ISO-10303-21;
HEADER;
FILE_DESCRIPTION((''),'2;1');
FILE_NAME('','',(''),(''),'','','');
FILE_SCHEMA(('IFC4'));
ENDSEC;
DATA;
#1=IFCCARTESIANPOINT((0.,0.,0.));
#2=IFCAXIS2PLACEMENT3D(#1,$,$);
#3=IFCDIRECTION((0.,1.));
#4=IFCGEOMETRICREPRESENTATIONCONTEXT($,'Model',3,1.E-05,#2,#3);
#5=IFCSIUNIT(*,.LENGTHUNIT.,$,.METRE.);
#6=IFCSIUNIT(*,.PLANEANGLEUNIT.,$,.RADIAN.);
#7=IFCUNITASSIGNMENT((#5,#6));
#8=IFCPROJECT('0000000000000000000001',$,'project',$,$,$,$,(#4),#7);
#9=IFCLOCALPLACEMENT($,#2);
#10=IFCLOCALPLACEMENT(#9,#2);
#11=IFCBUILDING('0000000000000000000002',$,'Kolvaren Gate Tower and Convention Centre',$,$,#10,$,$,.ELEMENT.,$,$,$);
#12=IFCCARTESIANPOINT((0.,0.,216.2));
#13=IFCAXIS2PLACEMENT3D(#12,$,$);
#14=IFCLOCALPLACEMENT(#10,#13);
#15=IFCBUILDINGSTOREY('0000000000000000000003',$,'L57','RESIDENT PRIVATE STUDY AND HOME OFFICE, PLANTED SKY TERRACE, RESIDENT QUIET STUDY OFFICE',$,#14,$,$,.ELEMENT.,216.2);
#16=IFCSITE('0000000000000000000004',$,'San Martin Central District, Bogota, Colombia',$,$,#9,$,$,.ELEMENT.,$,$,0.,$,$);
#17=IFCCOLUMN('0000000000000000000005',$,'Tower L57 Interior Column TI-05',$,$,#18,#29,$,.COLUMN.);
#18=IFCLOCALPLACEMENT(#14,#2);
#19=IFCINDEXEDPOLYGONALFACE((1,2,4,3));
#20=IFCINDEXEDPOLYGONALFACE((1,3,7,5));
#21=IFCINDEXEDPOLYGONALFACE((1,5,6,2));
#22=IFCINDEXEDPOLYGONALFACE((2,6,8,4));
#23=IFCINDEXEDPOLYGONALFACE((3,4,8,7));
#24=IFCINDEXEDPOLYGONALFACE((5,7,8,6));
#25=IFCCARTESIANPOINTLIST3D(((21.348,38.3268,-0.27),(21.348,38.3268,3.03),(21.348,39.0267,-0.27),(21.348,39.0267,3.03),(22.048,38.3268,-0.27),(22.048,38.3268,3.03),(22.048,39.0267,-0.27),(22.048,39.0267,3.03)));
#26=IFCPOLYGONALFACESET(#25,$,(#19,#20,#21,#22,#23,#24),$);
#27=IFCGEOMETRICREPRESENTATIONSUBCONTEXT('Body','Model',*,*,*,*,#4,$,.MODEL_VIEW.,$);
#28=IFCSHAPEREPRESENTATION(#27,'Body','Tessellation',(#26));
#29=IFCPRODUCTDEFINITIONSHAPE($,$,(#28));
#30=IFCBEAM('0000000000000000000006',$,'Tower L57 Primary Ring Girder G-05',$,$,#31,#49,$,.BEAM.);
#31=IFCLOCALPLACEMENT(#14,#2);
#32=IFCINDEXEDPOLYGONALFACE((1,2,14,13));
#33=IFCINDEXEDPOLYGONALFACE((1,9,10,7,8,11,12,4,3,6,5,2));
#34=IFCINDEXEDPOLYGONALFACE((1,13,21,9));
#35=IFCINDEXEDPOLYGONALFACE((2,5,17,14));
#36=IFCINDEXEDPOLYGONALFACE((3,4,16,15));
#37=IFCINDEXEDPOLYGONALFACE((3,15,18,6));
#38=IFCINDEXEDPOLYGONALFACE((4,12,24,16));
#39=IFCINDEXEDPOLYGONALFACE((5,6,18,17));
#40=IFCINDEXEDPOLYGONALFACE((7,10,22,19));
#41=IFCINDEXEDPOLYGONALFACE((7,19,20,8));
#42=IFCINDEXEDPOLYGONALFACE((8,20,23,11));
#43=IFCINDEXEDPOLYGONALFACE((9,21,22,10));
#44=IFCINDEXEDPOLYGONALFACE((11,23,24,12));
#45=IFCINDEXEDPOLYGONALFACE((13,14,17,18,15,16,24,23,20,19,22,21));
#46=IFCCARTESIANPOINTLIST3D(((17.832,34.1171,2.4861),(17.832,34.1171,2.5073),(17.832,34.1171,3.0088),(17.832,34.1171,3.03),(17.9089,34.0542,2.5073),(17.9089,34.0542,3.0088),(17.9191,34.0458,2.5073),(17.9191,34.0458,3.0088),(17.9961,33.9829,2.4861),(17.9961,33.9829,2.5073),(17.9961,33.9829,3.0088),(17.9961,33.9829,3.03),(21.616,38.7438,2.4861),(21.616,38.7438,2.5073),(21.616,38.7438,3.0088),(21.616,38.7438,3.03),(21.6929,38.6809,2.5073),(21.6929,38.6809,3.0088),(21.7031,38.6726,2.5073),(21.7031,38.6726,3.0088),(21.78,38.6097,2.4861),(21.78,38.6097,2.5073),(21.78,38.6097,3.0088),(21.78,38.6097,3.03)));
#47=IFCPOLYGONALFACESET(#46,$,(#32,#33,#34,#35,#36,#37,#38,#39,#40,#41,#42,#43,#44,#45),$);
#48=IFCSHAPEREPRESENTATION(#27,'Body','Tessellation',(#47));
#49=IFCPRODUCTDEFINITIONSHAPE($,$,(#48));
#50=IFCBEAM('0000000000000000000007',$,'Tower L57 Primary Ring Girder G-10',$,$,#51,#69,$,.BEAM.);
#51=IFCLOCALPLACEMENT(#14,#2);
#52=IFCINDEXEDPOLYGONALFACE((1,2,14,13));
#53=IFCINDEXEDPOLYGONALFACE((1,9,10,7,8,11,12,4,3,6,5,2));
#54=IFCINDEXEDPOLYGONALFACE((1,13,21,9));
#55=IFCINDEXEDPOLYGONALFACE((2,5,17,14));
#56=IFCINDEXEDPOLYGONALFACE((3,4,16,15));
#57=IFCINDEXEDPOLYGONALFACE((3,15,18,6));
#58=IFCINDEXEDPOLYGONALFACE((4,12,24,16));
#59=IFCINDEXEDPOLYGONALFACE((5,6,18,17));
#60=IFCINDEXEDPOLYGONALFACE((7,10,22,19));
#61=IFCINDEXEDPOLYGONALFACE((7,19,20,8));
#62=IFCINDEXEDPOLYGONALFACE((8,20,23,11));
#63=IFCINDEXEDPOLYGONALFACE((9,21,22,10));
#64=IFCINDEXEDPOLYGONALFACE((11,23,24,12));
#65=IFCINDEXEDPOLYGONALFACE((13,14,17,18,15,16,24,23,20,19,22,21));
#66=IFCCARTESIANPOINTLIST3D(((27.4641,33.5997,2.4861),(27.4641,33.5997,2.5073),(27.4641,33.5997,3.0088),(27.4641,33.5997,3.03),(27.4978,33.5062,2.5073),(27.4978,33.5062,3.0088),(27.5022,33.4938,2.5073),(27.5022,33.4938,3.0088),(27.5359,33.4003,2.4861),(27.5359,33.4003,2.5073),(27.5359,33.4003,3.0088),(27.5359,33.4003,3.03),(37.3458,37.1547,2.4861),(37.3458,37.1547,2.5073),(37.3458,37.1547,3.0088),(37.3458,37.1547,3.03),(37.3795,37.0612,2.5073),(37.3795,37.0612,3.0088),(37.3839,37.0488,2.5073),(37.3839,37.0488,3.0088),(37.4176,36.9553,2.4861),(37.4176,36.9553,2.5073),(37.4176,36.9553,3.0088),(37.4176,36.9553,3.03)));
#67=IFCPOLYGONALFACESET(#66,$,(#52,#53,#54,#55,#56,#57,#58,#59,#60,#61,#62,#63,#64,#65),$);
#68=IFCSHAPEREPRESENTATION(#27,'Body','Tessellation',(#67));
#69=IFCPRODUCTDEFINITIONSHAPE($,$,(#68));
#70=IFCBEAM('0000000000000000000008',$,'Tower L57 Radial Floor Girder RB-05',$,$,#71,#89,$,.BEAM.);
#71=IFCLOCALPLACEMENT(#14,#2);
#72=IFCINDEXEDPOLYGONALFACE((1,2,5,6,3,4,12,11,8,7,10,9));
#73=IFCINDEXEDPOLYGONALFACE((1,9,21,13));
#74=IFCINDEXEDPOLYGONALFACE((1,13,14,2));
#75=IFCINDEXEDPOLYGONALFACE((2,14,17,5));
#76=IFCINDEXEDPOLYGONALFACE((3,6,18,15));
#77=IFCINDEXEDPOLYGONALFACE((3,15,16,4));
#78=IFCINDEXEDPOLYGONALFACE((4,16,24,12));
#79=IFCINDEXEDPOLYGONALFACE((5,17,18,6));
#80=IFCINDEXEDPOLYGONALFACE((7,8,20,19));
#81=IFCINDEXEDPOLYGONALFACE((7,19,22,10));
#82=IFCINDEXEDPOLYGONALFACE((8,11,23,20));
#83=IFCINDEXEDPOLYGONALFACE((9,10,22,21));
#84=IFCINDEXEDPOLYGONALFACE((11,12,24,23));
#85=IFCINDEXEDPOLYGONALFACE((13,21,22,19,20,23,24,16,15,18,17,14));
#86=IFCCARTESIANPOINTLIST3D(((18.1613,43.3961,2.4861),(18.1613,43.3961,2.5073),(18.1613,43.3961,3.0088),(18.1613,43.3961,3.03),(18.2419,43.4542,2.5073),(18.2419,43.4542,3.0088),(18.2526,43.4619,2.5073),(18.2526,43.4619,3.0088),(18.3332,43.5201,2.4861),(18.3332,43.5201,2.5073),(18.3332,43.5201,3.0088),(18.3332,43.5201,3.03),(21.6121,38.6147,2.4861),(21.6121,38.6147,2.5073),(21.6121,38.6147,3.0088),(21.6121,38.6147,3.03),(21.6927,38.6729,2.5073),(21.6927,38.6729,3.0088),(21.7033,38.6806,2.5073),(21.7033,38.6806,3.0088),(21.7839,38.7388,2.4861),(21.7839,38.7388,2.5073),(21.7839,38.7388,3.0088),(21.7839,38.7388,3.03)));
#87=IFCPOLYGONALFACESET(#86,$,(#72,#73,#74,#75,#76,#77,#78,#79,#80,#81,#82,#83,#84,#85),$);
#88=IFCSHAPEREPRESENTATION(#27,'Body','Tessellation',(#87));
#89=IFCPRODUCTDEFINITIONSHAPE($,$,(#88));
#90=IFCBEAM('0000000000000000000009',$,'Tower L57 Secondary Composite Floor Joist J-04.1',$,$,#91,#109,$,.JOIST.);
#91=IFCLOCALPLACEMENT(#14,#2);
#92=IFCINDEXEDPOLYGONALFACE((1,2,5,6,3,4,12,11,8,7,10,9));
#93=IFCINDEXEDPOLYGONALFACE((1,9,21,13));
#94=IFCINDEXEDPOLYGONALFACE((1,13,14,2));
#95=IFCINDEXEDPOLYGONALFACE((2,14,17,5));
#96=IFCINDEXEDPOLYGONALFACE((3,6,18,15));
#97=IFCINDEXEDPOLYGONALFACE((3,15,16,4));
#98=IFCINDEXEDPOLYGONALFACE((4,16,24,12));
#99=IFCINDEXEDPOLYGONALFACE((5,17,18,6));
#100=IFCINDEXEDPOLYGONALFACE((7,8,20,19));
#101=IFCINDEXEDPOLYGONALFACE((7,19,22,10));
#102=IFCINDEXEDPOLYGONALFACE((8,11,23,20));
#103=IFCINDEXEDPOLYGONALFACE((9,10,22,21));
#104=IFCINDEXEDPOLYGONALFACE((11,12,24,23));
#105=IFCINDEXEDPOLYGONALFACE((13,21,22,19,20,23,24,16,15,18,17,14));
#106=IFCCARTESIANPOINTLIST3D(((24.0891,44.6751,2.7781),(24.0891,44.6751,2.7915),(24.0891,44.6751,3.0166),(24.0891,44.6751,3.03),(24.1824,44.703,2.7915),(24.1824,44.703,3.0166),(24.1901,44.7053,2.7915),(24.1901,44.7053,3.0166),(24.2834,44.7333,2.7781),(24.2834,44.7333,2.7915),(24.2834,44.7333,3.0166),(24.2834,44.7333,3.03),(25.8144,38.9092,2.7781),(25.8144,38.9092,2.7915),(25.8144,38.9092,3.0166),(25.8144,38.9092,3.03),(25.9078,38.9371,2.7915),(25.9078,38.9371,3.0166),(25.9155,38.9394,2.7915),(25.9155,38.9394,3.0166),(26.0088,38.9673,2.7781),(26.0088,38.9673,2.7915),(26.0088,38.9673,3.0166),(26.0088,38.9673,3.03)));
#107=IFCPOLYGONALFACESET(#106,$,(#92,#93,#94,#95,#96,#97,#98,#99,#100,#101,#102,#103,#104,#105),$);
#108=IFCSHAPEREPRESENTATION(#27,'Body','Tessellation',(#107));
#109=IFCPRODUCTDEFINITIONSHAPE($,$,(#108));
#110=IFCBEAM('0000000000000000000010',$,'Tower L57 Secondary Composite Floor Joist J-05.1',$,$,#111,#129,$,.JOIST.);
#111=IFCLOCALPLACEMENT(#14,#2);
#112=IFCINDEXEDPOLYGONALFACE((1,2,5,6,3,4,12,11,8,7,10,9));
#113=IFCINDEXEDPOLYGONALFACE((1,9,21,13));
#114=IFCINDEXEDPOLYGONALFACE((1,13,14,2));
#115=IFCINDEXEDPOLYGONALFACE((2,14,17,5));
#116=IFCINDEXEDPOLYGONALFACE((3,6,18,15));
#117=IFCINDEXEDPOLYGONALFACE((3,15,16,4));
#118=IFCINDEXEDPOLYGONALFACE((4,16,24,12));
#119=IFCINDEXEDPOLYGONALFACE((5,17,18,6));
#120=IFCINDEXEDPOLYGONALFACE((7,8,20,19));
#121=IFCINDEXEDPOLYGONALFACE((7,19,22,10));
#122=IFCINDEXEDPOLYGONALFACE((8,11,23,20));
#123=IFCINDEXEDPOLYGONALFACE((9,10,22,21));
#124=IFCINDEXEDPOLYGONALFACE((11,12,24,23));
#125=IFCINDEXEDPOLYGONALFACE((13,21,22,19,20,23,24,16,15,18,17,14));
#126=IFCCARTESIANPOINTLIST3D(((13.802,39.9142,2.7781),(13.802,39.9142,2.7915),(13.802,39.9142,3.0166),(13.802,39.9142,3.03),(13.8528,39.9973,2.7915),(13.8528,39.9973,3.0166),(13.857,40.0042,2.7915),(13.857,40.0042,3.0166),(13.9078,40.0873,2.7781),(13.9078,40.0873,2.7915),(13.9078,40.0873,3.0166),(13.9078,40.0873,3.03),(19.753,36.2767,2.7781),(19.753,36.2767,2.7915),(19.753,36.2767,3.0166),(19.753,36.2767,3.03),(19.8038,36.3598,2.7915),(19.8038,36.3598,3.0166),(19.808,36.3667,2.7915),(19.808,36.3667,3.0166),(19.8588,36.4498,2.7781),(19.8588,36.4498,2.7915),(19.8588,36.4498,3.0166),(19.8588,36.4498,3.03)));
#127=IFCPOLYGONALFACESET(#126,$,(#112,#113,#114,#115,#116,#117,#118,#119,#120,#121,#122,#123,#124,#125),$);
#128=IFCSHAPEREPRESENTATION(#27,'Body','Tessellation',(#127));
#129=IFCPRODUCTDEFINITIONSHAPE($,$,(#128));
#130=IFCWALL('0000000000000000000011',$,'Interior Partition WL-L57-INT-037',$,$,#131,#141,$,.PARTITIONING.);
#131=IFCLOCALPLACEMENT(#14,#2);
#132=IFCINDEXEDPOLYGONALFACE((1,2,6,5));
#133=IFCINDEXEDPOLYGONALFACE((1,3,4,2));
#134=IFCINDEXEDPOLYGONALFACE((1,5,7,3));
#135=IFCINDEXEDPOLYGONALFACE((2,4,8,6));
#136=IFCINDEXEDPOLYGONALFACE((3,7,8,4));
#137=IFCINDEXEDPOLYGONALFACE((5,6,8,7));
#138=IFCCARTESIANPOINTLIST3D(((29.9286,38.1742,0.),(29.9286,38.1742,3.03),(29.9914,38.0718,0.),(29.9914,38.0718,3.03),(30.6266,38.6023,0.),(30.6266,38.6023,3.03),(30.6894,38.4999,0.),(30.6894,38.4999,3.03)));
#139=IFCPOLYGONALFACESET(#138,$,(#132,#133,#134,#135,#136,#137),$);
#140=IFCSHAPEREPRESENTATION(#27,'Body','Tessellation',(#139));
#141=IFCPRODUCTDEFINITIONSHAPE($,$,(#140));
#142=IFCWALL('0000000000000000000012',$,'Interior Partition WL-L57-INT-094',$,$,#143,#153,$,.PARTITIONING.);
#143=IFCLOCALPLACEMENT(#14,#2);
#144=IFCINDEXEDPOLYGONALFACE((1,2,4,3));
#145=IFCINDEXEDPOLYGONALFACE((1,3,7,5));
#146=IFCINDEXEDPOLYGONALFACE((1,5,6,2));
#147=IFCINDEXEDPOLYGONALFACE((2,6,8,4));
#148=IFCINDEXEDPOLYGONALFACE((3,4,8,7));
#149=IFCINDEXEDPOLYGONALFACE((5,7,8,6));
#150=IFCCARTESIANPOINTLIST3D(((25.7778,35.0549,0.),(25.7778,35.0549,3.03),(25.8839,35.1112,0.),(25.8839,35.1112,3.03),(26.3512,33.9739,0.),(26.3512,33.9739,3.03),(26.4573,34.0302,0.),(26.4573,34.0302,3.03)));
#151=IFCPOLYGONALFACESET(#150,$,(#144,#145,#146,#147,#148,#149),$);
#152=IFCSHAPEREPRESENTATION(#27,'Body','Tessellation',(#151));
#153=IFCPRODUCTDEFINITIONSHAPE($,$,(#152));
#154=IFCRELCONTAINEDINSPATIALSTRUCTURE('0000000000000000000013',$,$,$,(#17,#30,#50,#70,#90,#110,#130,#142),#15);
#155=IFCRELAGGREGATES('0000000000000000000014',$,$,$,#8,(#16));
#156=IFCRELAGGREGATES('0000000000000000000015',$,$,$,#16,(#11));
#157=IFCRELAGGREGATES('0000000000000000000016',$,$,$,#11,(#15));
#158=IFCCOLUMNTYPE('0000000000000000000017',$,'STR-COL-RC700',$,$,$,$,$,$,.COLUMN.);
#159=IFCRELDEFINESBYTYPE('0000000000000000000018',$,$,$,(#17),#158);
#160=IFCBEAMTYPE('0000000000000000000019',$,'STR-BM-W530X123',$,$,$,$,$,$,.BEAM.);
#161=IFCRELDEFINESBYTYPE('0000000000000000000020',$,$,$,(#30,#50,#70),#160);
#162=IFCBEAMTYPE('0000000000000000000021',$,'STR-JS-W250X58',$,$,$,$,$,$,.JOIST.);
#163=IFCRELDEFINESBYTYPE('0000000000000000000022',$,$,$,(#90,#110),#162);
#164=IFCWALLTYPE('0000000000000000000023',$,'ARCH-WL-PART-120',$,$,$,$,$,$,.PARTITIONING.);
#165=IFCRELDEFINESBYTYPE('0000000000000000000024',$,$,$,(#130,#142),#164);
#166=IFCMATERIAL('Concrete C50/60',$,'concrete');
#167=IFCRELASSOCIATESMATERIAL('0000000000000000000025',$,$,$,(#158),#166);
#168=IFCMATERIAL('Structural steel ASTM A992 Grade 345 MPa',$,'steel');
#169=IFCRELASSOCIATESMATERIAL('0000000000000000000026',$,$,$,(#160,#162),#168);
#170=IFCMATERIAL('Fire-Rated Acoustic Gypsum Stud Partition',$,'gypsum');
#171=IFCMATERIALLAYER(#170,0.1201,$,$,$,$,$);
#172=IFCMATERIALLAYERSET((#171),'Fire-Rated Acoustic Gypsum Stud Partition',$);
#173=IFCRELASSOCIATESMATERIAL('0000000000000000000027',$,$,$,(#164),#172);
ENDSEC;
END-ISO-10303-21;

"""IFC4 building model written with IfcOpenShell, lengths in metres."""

from ifc_helpers import new_model, si_unit, direction, frame, frame_2d, origin, origin_2d, place, context, subcontext, project, spatial, rectangle, i_section, extrude, material, layer, layer_set, material_profile, profile_set, type_object, element, save


model = new_model("IFC4")

# Units and contexts
model_context = context("Model", 3, precision=1e-05, world=origin(), true_north=direction((0.0, 1.0)))
body_context = subcontext(model_context, "Body", "Model", "MODEL_VIEW")
ifc_project = project(units=[si_unit("LENGTHUNIT", "METRE"), si_unit("PLANEANGLEUNIT", "RADIAN")], contexts=[model_context])

# Site, building, storey
site_placement = place(None, origin())
site = spatial("IfcSite", under=ifc_project, at=site_placement, Name="San Martin Central District, Bogota, Colombia", CompositionType="ELEMENT", RefElevation=0.0)
building_placement = place(site_placement, origin())
building = spatial("IfcBuilding", under=site, at=building_placement, Name="Kolvaren Gate Tower and Convention Centre", CompositionType="ELEMENT")
storey_placement = place(building_placement, frame((0.0, 0.0, 216.2)))
storey = spatial("IfcBuildingStorey", under=building, at=storey_placement, Name="L57", Description="RESIDENT PRIVATE STUDY AND HOME OFFICE, PLANTED SKY TERRACE, RESIDENT QUIET STUDY OFFICE", CompositionType="ELEMENT", Elevation=216.2)

# Column
ifc_material_1 = material(Name="Concrete C50/60", Category="concrete")
ifc_material_profile_1 = material_profile(ifc_material_1, rectangle(XDim=0.7, YDim=0.7, at=origin_2d()), Name="RC-COL-700X700")
ifc_profile_set_1 = profile_set([ifc_material_profile_1], Name="Concrete C50/60")
column_type = type_object("IfcColumnType", Name="STR-COL-RC700", PredefinedType="COLUMN", material=ifc_profile_set_1)
column_placement = place(storey_placement, frame((21.698, 38.6768, -0.27), z_axis=(0.0, 0.0, 1.0), x_axis=(1.0, 0.0, 0.0)))
element("IfcColumn", 1, at=column_placement, inside=storey, type_object=column_type, Name="Tower L57 Interior Column TI-05", PredefinedType="COLUMN", context=body_context, shape_type="SweptSolid", body=[
    extrude(rectangle(XDim=0.7, YDim=0.7, at=origin_2d()), origin(), (0.0, 0.0, 1.0), 3.3),
])

# Beams
ifc_material_2 = material(Name="Structural steel ASTM A992 Grade 345 MPa", Category="steel")
ifc_material_profile_2 = material_profile(ifc_material_2, i_section(OverallWidth=0.2119, OverallDepth=0.5439, WebThickness=0.0132, FlangeThickness=0.0212, at=origin_2d()), Name="W530X123")
ifc_profile_set_2 = profile_set([ifc_material_profile_2], Name="Structural steel ASTM A992 Grade 345 MPa")
beam_type_1 = type_object("IfcBeamType", Name="STR-BM-W530X123", PredefinedType="BEAM", material=ifc_profile_set_2)
beam_1_placement = place(storey_placement, frame((21.698, 38.6768, 2.7581), z_axis=(-0.633082, -0.774085, 0.0), x_axis=(0.774085, -0.633082, 0.0)))
element("IfcBeam", 2, at=beam_1_placement, inside=storey, type_object=beam_type_1, Name="Tower L57 Primary Ring Girder G-05", PredefinedType="BEAM", context=body_context, shape_type="SweptSolid", body=[
    extrude(i_section(OverallWidth=0.2119, OverallDepth=0.5439, WebThickness=0.0132, FlangeThickness=0.0212, at=origin_2d()), origin(), (0.0, 0.0, 1.0), 5.9771),
])
beam_2_placement = place(storey_placement, frame((27.5, 33.5, 2.7581), z_axis=(0.940961, 0.338514, 0.0), x_axis=(-0.338514, 0.940961, 0.0)))
element("IfcBeam", 3, at=beam_2_placement, inside=storey, type_object=beam_type_1, Name="Tower L57 Primary Ring Girder G-10", PredefinedType="BEAM", context=body_context, shape_type="SweptSolid", body=[
    extrude(i_section(OverallWidth=0.2119, OverallDepth=0.5439, WebThickness=0.0132, FlangeThickness=0.0212, at=origin_2d()), origin(), (0.0, 0.0, 1.0), 10.5017),
])
beam_3_placement = place(storey_placement, frame((21.698, 38.6768, 2.7581), z_axis=(-0.585218, 0.810876, 0.0), x_axis=(-0.810876, -0.585218, 0.0)))
element("IfcBeam", 4, at=beam_3_placement, inside=storey, type_object=beam_type_1, Name="Tower L57 Radial Floor Girder RB-05", PredefinedType="BEAM", context=body_context, shape_type="SweptSolid", body=[
    extrude(i_section(OverallWidth=0.2119, OverallDepth=0.5439, WebThickness=0.0132, FlangeThickness=0.0212, at=origin_2d()), origin(), (0.0, 0.0, 1.0), 5.8965),
])
ifc_material_profile_3 = material_profile(ifc_material_2, i_section(OverallWidth=0.2029, OverallDepth=0.252, WebThickness=0.0081, FlangeThickness=0.0134, at=origin_2d()), Name="W250X58")
ifc_profile_set_3 = profile_set([ifc_material_profile_3], Name="Structural steel ASTM A992 Grade 345 MPa")
beam_type_2 = type_object("IfcBeamType", Name="STR-JS-W250X58", PredefinedType="JOIST", material=ifc_profile_set_3)
beam_4_placement = place(storey_placement, frame((25.9116, 38.9382, 2.9041), z_axis=(-0.286674, 0.958028, 0.0), x_axis=(-0.958028, -0.286674, 0.0)))
element("IfcBeam", 5, at=beam_4_placement, inside=storey, type_object=beam_type_2, Name="Tower L57 Secondary Composite Floor Joist J-04.1", PredefinedType="JOIST", context=body_context, shape_type="SweptSolid", body=[
    extrude(i_section(OverallWidth=0.2029, OverallDepth=0.252, WebThickness=0.0081, FlangeThickness=0.0134, at=origin_2d()), origin(), (0.0, 0.0, 1.0), 6.0186),
])
beam_5_placement = place(storey_placement, frame((19.8059, 36.3633, 2.9041), z_axis=(-0.853233, 0.521531, 0.0), x_axis=(-0.521531, -0.853233, 0.0)))
element("IfcBeam", 6, at=beam_5_placement, inside=storey, type_object=beam_type_2, Name="Tower L57 Secondary Composite Floor Joist J-05.1", PredefinedType="JOIST", context=body_context, shape_type="SweptSolid", body=[
    extrude(i_section(OverallWidth=0.2029, OverallDepth=0.252, WebThickness=0.0081, FlangeThickness=0.0134, at=origin_2d()), origin(), (0.0, 0.0, 1.0), 6.9746),
])

# Walls
ifc_material_3 = material(Name="Fire-Rated Acoustic Gypsum Stud Partition", Category="gypsum")
ifc_layer_1 = layer(ifc_material_3, 0.1201)
ifc_layer_set_1 = layer_set([ifc_layer_1], Name="Fire-Rated Acoustic Gypsum Stud Partition")
wall_type_1 = type_object("IfcWallType", Name="ARCH-WL-PART-120", PredefinedType="PARTITIONING", material=ifc_layer_set_1)
wall_1_placement = place(storey_placement, frame((29.96, 38.123, 0.0), z_axis=(0.0, 0.0, 1.0), x_axis=(0.852507, 0.522716, 0.0)))
element("IfcWall", 7, at=wall_1_placement, inside=storey, type_object=wall_type_1, Name="Interior Partition WL-L57-INT-037", PredefinedType="PARTITIONING", context=body_context, shape_type="SweptSolid", body=[
    extrude(rectangle(XDim=0.8188, YDim=0.1201, at=frame_2d((0.4094, 0.0))), origin(), (0.0, 0.0, 1.0), 3.03),
])
wall_2_placement = place(storey_placement, frame((25.8308, 35.083, 0.0), z_axis=(0.0, 0.0, 1.0), x_axis=(0.46863, -0.883395, 0.0)))
element("IfcWall", 8, at=wall_2_placement, inside=storey, type_object=wall_type_1, Name="Interior Partition WL-L57-INT-094", PredefinedType="PARTITIONING", context=body_context, shape_type="SweptSolid", body=[
    extrude(rectangle(XDim=1.2236, YDim=0.1201, at=frame_2d((0.6118, 0.0))), origin(), (0.0, 0.0, 1.0), 3.03),
])

save(model, "model.ifc")
